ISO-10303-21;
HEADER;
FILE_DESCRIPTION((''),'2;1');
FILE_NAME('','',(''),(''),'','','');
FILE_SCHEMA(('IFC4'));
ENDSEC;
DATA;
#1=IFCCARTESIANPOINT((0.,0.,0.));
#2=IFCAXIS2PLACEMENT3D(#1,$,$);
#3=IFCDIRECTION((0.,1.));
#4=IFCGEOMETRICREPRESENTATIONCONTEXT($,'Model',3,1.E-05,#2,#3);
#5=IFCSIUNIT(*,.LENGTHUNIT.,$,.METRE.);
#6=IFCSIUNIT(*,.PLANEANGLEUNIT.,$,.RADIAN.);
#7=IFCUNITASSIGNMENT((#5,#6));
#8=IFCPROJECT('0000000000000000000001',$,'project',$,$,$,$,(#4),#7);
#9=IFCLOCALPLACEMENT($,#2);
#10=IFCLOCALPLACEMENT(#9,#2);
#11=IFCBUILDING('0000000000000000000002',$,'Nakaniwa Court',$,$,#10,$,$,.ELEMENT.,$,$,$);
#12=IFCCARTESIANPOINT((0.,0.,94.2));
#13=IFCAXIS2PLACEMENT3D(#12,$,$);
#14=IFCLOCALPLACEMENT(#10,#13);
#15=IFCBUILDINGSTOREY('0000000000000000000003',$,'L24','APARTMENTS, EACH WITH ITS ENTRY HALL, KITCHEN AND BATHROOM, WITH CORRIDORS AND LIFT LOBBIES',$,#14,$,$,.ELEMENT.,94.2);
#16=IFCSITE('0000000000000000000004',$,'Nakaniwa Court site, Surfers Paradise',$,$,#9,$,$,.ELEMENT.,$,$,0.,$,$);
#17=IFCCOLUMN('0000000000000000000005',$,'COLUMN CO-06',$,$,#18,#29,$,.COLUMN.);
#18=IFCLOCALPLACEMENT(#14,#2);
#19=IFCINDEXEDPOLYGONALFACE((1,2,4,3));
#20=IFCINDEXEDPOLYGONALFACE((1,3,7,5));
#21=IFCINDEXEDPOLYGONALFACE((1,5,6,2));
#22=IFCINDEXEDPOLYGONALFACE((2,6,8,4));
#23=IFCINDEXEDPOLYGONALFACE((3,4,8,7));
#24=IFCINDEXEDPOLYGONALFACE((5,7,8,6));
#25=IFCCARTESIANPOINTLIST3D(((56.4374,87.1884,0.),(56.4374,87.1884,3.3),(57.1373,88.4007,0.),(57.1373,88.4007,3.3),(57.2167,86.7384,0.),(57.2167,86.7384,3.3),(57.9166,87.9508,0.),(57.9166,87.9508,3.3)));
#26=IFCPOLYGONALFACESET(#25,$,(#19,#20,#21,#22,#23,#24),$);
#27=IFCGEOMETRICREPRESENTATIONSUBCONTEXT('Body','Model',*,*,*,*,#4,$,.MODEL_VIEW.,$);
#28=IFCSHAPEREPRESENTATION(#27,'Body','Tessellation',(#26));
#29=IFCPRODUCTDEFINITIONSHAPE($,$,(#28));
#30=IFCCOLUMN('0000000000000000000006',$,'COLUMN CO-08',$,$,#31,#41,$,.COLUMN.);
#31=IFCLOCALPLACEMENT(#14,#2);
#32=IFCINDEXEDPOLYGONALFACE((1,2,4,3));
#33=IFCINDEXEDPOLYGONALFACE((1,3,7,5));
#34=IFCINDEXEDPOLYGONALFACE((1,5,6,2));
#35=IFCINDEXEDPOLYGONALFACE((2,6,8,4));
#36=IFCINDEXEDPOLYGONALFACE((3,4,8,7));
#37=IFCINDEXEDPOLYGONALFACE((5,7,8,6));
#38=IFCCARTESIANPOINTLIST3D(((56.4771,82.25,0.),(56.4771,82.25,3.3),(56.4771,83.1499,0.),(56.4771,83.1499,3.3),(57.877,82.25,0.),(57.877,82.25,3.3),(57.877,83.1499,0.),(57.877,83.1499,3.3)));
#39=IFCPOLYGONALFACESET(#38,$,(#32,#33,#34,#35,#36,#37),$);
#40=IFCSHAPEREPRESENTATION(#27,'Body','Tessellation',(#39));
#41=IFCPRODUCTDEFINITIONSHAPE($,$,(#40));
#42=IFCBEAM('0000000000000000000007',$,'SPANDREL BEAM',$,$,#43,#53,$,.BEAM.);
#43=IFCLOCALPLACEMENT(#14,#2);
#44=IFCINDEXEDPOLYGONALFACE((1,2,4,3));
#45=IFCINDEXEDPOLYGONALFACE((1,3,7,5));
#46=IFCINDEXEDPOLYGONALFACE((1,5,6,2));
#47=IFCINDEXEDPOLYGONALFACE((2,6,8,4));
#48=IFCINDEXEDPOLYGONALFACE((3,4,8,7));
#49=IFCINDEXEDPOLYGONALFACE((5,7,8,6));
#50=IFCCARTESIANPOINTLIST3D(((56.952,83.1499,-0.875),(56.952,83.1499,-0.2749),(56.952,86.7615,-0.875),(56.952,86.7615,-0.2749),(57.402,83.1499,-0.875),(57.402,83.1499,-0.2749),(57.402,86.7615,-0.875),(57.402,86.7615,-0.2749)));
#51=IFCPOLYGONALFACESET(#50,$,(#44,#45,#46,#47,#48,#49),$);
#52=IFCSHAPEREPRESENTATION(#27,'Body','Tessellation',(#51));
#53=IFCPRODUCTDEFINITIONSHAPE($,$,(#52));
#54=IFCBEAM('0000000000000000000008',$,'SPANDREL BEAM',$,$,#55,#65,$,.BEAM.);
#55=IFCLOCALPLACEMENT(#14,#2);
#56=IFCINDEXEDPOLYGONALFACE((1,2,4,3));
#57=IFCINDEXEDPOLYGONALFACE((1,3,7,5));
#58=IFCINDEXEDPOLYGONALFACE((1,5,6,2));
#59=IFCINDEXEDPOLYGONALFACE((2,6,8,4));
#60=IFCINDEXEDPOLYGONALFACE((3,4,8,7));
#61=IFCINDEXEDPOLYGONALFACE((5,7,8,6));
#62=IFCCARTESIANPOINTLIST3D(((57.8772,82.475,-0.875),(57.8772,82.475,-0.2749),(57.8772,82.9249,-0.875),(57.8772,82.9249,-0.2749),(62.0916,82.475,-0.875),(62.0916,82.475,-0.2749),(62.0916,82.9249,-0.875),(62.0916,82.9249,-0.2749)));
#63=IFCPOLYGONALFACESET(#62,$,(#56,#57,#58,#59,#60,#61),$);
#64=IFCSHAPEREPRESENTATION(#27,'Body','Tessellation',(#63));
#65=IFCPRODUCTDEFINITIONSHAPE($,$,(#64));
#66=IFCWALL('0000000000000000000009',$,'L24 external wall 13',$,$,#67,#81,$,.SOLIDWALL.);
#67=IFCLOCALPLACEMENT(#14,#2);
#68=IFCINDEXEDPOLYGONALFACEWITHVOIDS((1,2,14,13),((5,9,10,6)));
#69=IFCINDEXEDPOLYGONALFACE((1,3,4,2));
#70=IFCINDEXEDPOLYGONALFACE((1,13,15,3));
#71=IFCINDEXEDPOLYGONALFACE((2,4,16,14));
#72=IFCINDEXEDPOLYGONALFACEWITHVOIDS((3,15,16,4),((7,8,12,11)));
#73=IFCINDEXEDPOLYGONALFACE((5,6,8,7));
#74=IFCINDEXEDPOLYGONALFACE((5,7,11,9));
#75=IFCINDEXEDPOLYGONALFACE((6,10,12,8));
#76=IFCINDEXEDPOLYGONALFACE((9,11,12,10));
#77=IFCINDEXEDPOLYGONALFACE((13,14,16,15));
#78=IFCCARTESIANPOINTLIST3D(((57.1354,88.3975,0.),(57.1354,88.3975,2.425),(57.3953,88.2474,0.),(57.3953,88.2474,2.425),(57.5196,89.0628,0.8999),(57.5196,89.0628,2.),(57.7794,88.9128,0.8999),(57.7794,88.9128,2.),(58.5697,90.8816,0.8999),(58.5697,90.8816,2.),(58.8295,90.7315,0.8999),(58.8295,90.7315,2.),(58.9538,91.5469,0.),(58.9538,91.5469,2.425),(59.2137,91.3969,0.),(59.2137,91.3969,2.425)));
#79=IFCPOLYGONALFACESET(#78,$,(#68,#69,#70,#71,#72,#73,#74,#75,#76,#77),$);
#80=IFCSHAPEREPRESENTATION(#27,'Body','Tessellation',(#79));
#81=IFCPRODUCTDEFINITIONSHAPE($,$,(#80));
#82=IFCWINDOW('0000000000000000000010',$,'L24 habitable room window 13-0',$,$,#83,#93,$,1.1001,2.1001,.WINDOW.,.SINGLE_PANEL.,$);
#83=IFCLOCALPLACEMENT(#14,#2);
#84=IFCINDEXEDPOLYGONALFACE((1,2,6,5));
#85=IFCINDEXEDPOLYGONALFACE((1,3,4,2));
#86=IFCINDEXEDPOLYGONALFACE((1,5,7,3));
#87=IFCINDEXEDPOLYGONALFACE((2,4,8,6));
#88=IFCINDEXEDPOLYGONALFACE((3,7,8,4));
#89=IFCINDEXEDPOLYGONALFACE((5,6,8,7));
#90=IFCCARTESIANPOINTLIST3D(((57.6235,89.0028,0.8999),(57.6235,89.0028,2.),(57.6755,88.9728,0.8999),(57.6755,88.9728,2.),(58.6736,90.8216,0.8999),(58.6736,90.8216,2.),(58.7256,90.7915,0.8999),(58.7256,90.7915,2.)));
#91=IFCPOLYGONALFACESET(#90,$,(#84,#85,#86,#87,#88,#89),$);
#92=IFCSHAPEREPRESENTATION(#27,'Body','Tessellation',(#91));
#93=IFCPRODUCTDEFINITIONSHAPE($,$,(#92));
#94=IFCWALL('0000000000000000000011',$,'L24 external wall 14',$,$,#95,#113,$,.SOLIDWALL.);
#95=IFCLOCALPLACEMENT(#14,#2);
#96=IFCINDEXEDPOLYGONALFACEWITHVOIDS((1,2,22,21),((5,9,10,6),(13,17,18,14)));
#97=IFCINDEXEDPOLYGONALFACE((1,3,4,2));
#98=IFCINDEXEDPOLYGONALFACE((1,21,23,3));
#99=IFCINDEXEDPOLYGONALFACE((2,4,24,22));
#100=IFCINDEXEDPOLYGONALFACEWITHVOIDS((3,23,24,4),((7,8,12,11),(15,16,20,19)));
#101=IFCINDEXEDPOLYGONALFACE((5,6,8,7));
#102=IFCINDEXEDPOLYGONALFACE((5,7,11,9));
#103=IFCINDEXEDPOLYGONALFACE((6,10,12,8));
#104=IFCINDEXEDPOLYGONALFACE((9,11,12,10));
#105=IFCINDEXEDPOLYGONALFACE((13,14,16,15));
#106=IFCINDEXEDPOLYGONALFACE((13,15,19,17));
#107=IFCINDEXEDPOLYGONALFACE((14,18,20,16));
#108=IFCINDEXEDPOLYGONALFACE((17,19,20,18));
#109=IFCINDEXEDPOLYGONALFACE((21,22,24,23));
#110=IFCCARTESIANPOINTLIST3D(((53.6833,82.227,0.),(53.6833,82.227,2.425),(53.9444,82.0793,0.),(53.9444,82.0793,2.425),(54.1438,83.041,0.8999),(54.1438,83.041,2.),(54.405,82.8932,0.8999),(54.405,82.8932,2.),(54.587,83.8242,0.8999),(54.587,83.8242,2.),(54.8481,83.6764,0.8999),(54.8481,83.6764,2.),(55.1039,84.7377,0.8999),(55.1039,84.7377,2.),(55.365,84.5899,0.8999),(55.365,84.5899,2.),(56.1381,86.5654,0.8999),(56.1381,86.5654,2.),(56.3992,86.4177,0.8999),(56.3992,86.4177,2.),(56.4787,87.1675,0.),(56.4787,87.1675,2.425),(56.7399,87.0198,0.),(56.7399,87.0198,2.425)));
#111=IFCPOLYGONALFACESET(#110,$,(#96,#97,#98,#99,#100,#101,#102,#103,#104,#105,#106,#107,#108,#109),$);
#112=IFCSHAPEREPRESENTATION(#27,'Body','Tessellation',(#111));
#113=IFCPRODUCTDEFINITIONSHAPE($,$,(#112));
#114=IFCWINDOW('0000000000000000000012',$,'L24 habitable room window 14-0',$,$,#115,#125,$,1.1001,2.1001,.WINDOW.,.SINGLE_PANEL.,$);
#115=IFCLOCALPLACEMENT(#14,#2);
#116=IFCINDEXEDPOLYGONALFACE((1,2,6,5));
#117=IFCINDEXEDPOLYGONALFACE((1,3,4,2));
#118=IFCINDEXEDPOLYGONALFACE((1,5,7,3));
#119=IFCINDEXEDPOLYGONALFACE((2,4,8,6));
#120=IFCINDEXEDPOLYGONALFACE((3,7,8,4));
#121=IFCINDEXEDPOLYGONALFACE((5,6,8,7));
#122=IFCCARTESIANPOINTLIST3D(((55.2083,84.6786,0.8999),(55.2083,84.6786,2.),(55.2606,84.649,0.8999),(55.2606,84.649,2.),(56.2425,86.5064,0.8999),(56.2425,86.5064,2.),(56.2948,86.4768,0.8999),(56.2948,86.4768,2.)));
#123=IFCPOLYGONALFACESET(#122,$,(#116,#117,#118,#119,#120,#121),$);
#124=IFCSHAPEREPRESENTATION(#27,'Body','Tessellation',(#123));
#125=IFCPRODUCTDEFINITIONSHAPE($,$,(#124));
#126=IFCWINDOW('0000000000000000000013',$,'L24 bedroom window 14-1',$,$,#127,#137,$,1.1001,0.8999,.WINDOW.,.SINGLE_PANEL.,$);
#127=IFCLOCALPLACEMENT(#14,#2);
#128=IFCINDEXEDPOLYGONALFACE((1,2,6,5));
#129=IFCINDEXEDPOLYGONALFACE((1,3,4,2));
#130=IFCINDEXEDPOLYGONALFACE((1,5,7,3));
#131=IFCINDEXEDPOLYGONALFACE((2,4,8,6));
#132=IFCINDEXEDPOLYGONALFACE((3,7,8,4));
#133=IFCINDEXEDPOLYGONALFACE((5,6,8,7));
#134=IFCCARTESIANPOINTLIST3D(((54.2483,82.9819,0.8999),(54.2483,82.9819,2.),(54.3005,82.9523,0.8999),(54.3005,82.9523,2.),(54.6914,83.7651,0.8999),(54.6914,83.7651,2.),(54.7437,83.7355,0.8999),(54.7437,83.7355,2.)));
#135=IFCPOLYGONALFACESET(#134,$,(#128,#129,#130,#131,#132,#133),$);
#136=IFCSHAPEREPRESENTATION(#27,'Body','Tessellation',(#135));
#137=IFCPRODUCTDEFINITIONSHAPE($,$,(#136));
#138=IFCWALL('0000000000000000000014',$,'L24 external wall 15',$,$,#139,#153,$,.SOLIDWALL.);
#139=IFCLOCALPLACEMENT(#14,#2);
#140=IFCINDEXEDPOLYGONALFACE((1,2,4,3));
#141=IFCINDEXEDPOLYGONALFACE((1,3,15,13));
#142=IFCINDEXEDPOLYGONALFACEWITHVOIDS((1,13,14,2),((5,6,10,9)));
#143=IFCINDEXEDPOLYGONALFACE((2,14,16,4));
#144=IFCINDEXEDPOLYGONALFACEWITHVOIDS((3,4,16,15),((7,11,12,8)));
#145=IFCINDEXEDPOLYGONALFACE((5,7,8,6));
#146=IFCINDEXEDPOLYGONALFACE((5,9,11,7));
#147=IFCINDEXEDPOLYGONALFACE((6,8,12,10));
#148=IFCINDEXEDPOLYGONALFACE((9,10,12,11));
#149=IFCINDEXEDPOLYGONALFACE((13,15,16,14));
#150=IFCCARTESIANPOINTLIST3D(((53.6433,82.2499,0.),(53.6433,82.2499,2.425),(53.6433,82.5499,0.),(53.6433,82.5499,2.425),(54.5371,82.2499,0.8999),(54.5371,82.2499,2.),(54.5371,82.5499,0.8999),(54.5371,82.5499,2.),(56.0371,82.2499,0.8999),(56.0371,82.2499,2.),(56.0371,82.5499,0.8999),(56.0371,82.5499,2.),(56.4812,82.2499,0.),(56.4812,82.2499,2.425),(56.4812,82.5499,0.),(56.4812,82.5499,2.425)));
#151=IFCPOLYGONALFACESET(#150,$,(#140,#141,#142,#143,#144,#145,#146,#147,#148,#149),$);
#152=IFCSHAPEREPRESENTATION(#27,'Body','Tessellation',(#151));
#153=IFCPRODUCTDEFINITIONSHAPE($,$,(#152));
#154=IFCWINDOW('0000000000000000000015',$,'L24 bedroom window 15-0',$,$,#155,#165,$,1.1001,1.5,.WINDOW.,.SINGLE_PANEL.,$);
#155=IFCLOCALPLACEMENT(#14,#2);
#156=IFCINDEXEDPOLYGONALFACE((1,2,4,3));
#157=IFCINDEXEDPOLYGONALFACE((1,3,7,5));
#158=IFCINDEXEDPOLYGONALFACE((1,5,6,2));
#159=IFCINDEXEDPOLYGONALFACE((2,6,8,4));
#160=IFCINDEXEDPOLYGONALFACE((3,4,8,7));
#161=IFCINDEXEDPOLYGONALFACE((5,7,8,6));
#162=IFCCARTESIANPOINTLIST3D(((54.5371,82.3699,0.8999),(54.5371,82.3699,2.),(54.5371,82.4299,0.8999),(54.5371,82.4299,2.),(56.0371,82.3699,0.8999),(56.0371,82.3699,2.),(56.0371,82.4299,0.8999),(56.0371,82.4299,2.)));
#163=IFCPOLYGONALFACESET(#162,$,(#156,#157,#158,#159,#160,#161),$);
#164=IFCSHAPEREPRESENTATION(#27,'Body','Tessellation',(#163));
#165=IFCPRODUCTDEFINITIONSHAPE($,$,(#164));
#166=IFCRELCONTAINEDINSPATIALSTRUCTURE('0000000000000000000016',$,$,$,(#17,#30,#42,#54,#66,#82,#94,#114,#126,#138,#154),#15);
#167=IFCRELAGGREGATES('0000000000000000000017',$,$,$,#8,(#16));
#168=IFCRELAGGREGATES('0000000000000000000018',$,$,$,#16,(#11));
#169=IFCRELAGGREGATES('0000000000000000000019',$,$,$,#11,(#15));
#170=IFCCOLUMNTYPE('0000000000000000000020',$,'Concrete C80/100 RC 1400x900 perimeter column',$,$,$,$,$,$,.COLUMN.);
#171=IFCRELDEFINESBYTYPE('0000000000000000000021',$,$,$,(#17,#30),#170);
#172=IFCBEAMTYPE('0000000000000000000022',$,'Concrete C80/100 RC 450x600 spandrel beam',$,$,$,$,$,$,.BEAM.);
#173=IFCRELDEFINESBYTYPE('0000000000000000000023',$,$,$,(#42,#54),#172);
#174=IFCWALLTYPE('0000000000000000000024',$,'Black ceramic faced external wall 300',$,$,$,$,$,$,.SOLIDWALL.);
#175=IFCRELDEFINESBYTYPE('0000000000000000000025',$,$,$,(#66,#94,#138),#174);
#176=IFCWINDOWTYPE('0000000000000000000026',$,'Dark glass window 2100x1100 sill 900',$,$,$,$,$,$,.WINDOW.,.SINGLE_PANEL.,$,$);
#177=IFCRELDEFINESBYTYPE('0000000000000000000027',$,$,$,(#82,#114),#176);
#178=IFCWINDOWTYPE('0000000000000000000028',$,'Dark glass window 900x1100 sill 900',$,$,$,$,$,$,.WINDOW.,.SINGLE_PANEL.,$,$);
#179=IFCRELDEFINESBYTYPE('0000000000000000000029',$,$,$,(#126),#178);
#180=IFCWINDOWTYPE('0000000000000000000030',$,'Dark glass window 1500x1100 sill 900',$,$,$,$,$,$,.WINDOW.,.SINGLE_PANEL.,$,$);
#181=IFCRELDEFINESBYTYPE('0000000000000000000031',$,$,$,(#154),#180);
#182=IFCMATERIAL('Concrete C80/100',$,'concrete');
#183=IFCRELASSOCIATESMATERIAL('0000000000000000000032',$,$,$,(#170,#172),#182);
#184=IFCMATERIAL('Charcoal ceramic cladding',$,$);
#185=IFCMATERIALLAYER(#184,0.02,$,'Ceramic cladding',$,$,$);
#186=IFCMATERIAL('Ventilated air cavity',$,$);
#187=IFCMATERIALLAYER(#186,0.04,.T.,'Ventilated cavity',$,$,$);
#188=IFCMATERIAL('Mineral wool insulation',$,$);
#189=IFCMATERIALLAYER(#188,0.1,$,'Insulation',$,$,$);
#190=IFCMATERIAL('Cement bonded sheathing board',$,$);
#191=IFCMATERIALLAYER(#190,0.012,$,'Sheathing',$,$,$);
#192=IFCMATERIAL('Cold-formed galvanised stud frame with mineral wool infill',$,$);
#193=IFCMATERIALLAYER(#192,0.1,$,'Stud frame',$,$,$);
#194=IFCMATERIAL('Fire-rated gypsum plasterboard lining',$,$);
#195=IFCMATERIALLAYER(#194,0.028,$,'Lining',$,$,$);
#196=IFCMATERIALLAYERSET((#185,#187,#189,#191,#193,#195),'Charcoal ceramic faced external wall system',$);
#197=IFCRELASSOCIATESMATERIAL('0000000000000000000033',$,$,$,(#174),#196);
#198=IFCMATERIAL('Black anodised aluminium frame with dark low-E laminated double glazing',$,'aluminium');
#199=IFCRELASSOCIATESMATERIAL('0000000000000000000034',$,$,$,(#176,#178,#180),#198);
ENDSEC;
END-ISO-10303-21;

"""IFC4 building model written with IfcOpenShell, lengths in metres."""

from ifc_helpers import new_model, si_unit, direction, frame, frame_2d, origin, origin_2d, place, context, subcontext, project, spatial, rectangle, extrude, material, layer, layer_set, material_profile, profile_set, type_object, element, fill, save


model = new_model("IFC4")

# Units and contexts
model_context = context("Model", 3, precision=1e-05, world=origin(), true_north=direction((0.0, 1.0)))
body_context = subcontext(model_context, "Body", "Model", "MODEL_VIEW")
ifc_project = project(units=[si_unit("LENGTHUNIT", "METRE"), si_unit("PLANEANGLEUNIT", "RADIAN")], contexts=[model_context])

# Site, building, storey
site_placement = place(None, origin())
site = spatial("IfcSite", under=ifc_project, at=site_placement, Name="Nakaniwa Court site, Surfers Paradise", CompositionType="ELEMENT", RefElevation=0.0)
building_placement = place(site_placement, origin())
building = spatial("IfcBuilding", under=site, at=building_placement, Name="Nakaniwa Court", CompositionType="ELEMENT")
storey_placement = place(building_placement, frame((0.0, 0.0, 94.2)))
storey = spatial("IfcBuildingStorey", under=building, at=storey_placement, Name="L24", Description="APARTMENTS, EACH WITH ITS ENTRY HALL, KITCHEN AND BATHROOM, WITH CORRIDORS AND LIFT LOBBIES", CompositionType="ELEMENT", Elevation=94.2)

# Columns
ifc_material_1 = material(Name="Concrete C80/100", Category="concrete")
ifc_material_profile_1 = material_profile(ifc_material_1, rectangle(XDim=1.3999, YDim=0.8999, at=origin_2d()), Name="Concrete C80/100 RC 1400x900 perimeter column")
ifc_profile_set_1 = profile_set([ifc_material_profile_1], Name="Concrete C80/100")
column_type = type_object("IfcColumnType", Name="Concrete C80/100 RC 1400x900 perimeter column", PredefinedType="COLUMN", material=ifc_profile_set_1)
for number, where, z_axis, x_axis, name in (
    (1, (57.177, 87.5696, 0.0), (0.0, 0.0, 1.0), (-0.5, -0.866025, 0.0), "COLUMN CO-06"),
    (2, (57.177, 82.7, 0.0), (0.0, 0.0, 1.0), (1.0, 0.0, 0.0), "COLUMN CO-08"),
):
    element("IfcColumn", number, at=place(storey_placement, frame(where, z_axis=z_axis, x_axis=x_axis)), inside=storey, type_object=column_type, Name=name, PredefinedType="COLUMN", context=body_context, shape_type="SweptSolid", body=[
        extrude(rectangle(XDim=1.3999, YDim=0.8999, at=origin_2d()), origin(), (0.0, 0.0, 1.0), 3.3),
    ])

# Beams
ifc_material_profile_2 = material_profile(ifc_material_1, rectangle(XDim=0.45, YDim=0.6001, at=origin_2d()), Name="Concrete C80/100 RC 450x600 spandrel beam")
ifc_profile_set_2 = profile_set([ifc_material_profile_2], Name="Concrete C80/100")
beam_type = type_object("IfcBeamType", Name="Concrete C80/100 RC 450x600 spandrel beam", PredefinedType="BEAM", material=ifc_profile_set_2)
beam_1_placement = place(storey_placement, frame((57.177, 86.7615, -0.575), z_axis=(0.0, -1.0, 0.0), x_axis=(1.0, 0.0, 0.0)))
element("IfcBeam", 3, at=beam_1_placement, inside=storey, type_object=beam_type, Name="SPANDREL BEAM", PredefinedType="BEAM", context=body_context, shape_type="SweptSolid", body=[
    extrude(rectangle(XDim=0.45, YDim=0.6001, at=origin_2d()), origin(), (0.0, 0.0, 1.0), 3.6116),
])
beam_2_placement = place(storey_placement, frame((57.8772, 82.7, -0.575), z_axis=(1.0, 0.0, 0.0), x_axis=(0.0, 1.0, 0.0)))
element("IfcBeam", 4, at=beam_2_placement, inside=storey, type_object=beam_type, Name="SPANDREL BEAM", PredefinedType="BEAM", context=body_context, shape_type="SweptSolid", body=[
    extrude(rectangle(XDim=0.45, YDim=0.6001, at=origin_2d()), origin(), (0.0, 0.0, 1.0), 4.2144),
])

# Wall, opening, window
ifc_material_2 = material(Name="Charcoal ceramic cladding")
ifc_layer_1 = layer(ifc_material_2, 0.02, Name="Ceramic cladding")
ifc_material_3 = material(Name="Ventilated air cavity")
ifc_layer_2 = layer(ifc_material_3, 0.04, ventilated=True, Name="Ventilated cavity")
ifc_material_4 = material(Name="Mineral wool insulation")
ifc_layer_3 = layer(ifc_material_4, 0.1, Name="Insulation")
ifc_material_5 = material(Name="Cement bonded sheathing board")
ifc_layer_4 = layer(ifc_material_5, 0.012, Name="Sheathing")
ifc_material_6 = material(Name="Cold-formed galvanised stud frame with mineral wool infill")
ifc_layer_5 = layer(ifc_material_6, 0.1, Name="Stud frame")
ifc_material_7 = material(Name="Fire-rated gypsum plasterboard lining")
ifc_layer_6 = layer(ifc_material_7, 0.028, Name="Lining")
ifc_layer_set_1 = layer_set([ifc_layer_1, ifc_layer_2, ifc_layer_3, ifc_layer_4, ifc_layer_5, ifc_layer_6], Name="Charcoal ceramic faced external wall system")
wall_type_1 = type_object("IfcWallType", Name="Black ceramic faced external wall 300", PredefinedType="SOLIDWALL", material=ifc_layer_set_1)
wall_1_placement = place(storey_placement, frame((59.0837, 91.4719, 0.0), z_axis=(0.0, 0.0, 1.0), x_axis=(-0.500009, -0.86602, 0.0)))
wall_1 = element("IfcWall", 5, at=wall_1_placement, inside=storey, type_object=wall_type_1, Name="L24 external wall 13", PredefinedType="SOLIDWALL", context=body_context, shape_type="SweptSolid", body=[
    extrude(rectangle(XDim=3.6367, YDim=0.3, at=frame_2d((1.8184, 0.0))), origin(), (0.0, 0.0, 1.0), 2.425),
])
opening_1_placement = place(wall_1_placement, frame((0.7683, 0.0, 0.8999)))
opening_1 = element("IfcOpeningElement", 6, at=opening_1_placement, cuts=wall_1, PredefinedType="OPENING", context=body_context, shape_type="SweptSolid", body=[
    extrude(rectangle(XDim=2.1001, YDim=1.1001, at=frame_2d((1.05, 0.55))), frame((0.0, 0.1599, 0.0), z_axis=(0.0, -1.0, 0.0), x_axis=(1.0, 0.0, 0.0)), (0.0, 0.0, 1.0), 0.3201),
])
ifc_material_8 = material(Name="Black anodised aluminium frame with dark low-E laminated double glazing", Category="aluminium")
window_type_1 = type_object("IfcWindowType", Name="Dark glass window 2100x1100 sill 900", PartitioningType="SINGLE_PANEL", PredefinedType="WINDOW", material=ifc_material_8)
window_1_placement = place(opening_1_placement, origin())
window_1 = element("IfcWindow", 7, at=window_1_placement, inside=storey, type_object=window_type_1, Name="L24 habitable room window 13-0", OverallHeight=1.1001, OverallWidth=2.1001, PartitioningType="SINGLE_PANEL", PredefinedType="WINDOW", context=body_context, shape_type="SweptSolid", body=[
    extrude(rectangle(XDim=2.1001, YDim=1.1001, at=frame_2d((1.05, 0.55))), frame((0.0, 0.03, 0.0), z_axis=(0.0, -1.0, 0.0), x_axis=(1.0, 0.0, 0.0)), (0.0, 0.0, 1.0), 0.0601),
])
fill(opening_1, window_1)

# Wall, openings, windows
wall_2_placement = place(storey_placement, frame((56.6094, 87.0938, 0.0), z_axis=(0.0, 0.0, 1.0), x_axis=(-0.492457, -0.870337, 0.0)))
wall_2 = element("IfcWall", 8, at=wall_2_placement, inside=storey, type_object=wall_type_1, Name="L24 external wall 14", PredefinedType="SOLIDWALL", context=body_context, shape_type="SweptSolid", body=[
    extrude(rectangle(XDim=5.6765, YDim=0.3, at=frame_2d((2.8384, 0.0))), origin(), (0.0, 0.0, 1.0), 2.425),
])
opening_2_placement = place(wall_2_placement, frame((0.6919, 0.0, 0.8999)))
opening_2 = element("IfcOpeningElement", 9, at=opening_2_placement, cuts=wall_2, PredefinedType="OPENING", context=body_context, shape_type="SweptSolid", body=[
    extrude(rectangle(XDim=2.1001, YDim=1.1001, at=frame_2d((1.05, 0.55))), frame((0.0, 0.1599, 0.0), z_axis=(0.0, -1.0, 0.0), x_axis=(1.0, 0.0, 0.0)), (0.0, 0.0, 1.0), 0.3201),
])
opening_3_placement = place(wall_2_placement, frame((3.8416, 0.0, 0.8999)))
opening_3 = element("IfcOpeningElement", 10, at=opening_3_placement, cuts=wall_2, PredefinedType="OPENING", context=body_context, shape_type="SweptSolid", body=[
    extrude(rectangle(XDim=0.8999, YDim=1.1001, at=frame_2d((0.45, 0.55))), frame((0.0, 0.1599, 0.0), z_axis=(0.0, -1.0, 0.0), x_axis=(1.0, 0.0, 0.0)), (0.0, 0.0, 1.0), 0.3201),
])
window_2_placement = place(opening_2_placement, origin())
window_2 = element("IfcWindow", 11, at=window_2_placement, inside=storey, type_object=window_type_1, Name="L24 habitable room window 14-0", OverallHeight=1.1001, OverallWidth=2.1001, PartitioningType="SINGLE_PANEL", PredefinedType="WINDOW", context=body_context, shape_type="SweptSolid", body=[
    extrude(rectangle(XDim=2.1001, YDim=1.1001, at=frame_2d((1.05, 0.55))), frame((0.0, 0.03, 0.0), z_axis=(0.0, -1.0, 0.0), x_axis=(1.0, 0.0, 0.0)), (0.0, 0.0, 1.0), 0.0601),
])
fill(opening_2, window_2)
window_type_2 = type_object("IfcWindowType", Name="Dark glass window 900x1100 sill 900", PartitioningType="SINGLE_PANEL", PredefinedType="WINDOW", material=ifc_material_8)
window_3_placement = place(opening_3_placement, origin())
window_3 = element("IfcWindow", 12, at=window_3_placement, inside=storey, type_object=window_type_2, Name="L24 bedroom window 14-1", OverallHeight=1.1001, OverallWidth=0.8999, PartitioningType="SINGLE_PANEL", PredefinedType="WINDOW", context=body_context, shape_type="SweptSolid", body=[
    extrude(rectangle(XDim=0.8999, YDim=1.1001, at=frame_2d((0.45, 0.55))), frame((0.0, 0.03, 0.0), z_axis=(0.0, -1.0, 0.0), x_axis=(1.0, 0.0, 0.0)), (0.0, 0.0, 1.0), 0.0601),
])
fill(opening_3, window_3)

# Wall, opening, window
wall_3_placement = place(storey_placement, frame((53.6433, 82.3999, 0.0), z_axis=(0.0, 0.0, 1.0), x_axis=(1.0, 0.0, 0.0)))
wall_3 = element("IfcWall", 13, at=wall_3_placement, inside=storey, type_object=wall_type_1, Name="L24 external wall 15", PredefinedType="SOLIDWALL", context=body_context, shape_type="SweptSolid", body=[
    extrude(rectangle(XDim=2.8379, YDim=0.3, at=frame_2d((1.4189, 0.0))), origin(), (0.0, 0.0, 1.0), 2.425),
])
opening_4_placement = place(wall_3_placement, frame((0.8938, 0.0, 0.8999)))
opening_4 = element("IfcOpeningElement", 14, at=opening_4_placement, cuts=wall_3, PredefinedType="OPENING", context=body_context, shape_type="SweptSolid", body=[
    extrude(rectangle(XDim=1.5, YDim=1.1001, at=frame_2d((0.75, 0.55))), frame((0.0, 0.1599, 0.0), z_axis=(0.0, -1.0, 0.0), x_axis=(1.0, 0.0, 0.0)), (0.0, 0.0, 1.0), 0.3201),
])
window_type_3 = type_object("IfcWindowType", Name="Dark glass window 1500x1100 sill 900", PartitioningType="SINGLE_PANEL", PredefinedType="WINDOW", material=ifc_material_8)
window_4_placement = place(opening_4_placement, origin())
window_4 = element("IfcWindow", 15, at=window_4_placement, inside=storey, type_object=window_type_3, Name="L24 bedroom window 15-0", OverallHeight=1.1001, OverallWidth=1.5, PartitioningType="SINGLE_PANEL", PredefinedType="WINDOW", context=body_context, shape_type="SweptSolid", body=[
    extrude(rectangle(XDim=1.5, YDim=1.1001, at=frame_2d((0.75, 0.55))), frame((0.0, 0.03, 0.0), z_axis=(0.0, -1.0, 0.0), x_axis=(1.0, 0.0, 0.0)), (0.0, 0.0, 1.0), 0.0601),
])
fill(opening_4, window_4)

save(model, "model.ifc")
